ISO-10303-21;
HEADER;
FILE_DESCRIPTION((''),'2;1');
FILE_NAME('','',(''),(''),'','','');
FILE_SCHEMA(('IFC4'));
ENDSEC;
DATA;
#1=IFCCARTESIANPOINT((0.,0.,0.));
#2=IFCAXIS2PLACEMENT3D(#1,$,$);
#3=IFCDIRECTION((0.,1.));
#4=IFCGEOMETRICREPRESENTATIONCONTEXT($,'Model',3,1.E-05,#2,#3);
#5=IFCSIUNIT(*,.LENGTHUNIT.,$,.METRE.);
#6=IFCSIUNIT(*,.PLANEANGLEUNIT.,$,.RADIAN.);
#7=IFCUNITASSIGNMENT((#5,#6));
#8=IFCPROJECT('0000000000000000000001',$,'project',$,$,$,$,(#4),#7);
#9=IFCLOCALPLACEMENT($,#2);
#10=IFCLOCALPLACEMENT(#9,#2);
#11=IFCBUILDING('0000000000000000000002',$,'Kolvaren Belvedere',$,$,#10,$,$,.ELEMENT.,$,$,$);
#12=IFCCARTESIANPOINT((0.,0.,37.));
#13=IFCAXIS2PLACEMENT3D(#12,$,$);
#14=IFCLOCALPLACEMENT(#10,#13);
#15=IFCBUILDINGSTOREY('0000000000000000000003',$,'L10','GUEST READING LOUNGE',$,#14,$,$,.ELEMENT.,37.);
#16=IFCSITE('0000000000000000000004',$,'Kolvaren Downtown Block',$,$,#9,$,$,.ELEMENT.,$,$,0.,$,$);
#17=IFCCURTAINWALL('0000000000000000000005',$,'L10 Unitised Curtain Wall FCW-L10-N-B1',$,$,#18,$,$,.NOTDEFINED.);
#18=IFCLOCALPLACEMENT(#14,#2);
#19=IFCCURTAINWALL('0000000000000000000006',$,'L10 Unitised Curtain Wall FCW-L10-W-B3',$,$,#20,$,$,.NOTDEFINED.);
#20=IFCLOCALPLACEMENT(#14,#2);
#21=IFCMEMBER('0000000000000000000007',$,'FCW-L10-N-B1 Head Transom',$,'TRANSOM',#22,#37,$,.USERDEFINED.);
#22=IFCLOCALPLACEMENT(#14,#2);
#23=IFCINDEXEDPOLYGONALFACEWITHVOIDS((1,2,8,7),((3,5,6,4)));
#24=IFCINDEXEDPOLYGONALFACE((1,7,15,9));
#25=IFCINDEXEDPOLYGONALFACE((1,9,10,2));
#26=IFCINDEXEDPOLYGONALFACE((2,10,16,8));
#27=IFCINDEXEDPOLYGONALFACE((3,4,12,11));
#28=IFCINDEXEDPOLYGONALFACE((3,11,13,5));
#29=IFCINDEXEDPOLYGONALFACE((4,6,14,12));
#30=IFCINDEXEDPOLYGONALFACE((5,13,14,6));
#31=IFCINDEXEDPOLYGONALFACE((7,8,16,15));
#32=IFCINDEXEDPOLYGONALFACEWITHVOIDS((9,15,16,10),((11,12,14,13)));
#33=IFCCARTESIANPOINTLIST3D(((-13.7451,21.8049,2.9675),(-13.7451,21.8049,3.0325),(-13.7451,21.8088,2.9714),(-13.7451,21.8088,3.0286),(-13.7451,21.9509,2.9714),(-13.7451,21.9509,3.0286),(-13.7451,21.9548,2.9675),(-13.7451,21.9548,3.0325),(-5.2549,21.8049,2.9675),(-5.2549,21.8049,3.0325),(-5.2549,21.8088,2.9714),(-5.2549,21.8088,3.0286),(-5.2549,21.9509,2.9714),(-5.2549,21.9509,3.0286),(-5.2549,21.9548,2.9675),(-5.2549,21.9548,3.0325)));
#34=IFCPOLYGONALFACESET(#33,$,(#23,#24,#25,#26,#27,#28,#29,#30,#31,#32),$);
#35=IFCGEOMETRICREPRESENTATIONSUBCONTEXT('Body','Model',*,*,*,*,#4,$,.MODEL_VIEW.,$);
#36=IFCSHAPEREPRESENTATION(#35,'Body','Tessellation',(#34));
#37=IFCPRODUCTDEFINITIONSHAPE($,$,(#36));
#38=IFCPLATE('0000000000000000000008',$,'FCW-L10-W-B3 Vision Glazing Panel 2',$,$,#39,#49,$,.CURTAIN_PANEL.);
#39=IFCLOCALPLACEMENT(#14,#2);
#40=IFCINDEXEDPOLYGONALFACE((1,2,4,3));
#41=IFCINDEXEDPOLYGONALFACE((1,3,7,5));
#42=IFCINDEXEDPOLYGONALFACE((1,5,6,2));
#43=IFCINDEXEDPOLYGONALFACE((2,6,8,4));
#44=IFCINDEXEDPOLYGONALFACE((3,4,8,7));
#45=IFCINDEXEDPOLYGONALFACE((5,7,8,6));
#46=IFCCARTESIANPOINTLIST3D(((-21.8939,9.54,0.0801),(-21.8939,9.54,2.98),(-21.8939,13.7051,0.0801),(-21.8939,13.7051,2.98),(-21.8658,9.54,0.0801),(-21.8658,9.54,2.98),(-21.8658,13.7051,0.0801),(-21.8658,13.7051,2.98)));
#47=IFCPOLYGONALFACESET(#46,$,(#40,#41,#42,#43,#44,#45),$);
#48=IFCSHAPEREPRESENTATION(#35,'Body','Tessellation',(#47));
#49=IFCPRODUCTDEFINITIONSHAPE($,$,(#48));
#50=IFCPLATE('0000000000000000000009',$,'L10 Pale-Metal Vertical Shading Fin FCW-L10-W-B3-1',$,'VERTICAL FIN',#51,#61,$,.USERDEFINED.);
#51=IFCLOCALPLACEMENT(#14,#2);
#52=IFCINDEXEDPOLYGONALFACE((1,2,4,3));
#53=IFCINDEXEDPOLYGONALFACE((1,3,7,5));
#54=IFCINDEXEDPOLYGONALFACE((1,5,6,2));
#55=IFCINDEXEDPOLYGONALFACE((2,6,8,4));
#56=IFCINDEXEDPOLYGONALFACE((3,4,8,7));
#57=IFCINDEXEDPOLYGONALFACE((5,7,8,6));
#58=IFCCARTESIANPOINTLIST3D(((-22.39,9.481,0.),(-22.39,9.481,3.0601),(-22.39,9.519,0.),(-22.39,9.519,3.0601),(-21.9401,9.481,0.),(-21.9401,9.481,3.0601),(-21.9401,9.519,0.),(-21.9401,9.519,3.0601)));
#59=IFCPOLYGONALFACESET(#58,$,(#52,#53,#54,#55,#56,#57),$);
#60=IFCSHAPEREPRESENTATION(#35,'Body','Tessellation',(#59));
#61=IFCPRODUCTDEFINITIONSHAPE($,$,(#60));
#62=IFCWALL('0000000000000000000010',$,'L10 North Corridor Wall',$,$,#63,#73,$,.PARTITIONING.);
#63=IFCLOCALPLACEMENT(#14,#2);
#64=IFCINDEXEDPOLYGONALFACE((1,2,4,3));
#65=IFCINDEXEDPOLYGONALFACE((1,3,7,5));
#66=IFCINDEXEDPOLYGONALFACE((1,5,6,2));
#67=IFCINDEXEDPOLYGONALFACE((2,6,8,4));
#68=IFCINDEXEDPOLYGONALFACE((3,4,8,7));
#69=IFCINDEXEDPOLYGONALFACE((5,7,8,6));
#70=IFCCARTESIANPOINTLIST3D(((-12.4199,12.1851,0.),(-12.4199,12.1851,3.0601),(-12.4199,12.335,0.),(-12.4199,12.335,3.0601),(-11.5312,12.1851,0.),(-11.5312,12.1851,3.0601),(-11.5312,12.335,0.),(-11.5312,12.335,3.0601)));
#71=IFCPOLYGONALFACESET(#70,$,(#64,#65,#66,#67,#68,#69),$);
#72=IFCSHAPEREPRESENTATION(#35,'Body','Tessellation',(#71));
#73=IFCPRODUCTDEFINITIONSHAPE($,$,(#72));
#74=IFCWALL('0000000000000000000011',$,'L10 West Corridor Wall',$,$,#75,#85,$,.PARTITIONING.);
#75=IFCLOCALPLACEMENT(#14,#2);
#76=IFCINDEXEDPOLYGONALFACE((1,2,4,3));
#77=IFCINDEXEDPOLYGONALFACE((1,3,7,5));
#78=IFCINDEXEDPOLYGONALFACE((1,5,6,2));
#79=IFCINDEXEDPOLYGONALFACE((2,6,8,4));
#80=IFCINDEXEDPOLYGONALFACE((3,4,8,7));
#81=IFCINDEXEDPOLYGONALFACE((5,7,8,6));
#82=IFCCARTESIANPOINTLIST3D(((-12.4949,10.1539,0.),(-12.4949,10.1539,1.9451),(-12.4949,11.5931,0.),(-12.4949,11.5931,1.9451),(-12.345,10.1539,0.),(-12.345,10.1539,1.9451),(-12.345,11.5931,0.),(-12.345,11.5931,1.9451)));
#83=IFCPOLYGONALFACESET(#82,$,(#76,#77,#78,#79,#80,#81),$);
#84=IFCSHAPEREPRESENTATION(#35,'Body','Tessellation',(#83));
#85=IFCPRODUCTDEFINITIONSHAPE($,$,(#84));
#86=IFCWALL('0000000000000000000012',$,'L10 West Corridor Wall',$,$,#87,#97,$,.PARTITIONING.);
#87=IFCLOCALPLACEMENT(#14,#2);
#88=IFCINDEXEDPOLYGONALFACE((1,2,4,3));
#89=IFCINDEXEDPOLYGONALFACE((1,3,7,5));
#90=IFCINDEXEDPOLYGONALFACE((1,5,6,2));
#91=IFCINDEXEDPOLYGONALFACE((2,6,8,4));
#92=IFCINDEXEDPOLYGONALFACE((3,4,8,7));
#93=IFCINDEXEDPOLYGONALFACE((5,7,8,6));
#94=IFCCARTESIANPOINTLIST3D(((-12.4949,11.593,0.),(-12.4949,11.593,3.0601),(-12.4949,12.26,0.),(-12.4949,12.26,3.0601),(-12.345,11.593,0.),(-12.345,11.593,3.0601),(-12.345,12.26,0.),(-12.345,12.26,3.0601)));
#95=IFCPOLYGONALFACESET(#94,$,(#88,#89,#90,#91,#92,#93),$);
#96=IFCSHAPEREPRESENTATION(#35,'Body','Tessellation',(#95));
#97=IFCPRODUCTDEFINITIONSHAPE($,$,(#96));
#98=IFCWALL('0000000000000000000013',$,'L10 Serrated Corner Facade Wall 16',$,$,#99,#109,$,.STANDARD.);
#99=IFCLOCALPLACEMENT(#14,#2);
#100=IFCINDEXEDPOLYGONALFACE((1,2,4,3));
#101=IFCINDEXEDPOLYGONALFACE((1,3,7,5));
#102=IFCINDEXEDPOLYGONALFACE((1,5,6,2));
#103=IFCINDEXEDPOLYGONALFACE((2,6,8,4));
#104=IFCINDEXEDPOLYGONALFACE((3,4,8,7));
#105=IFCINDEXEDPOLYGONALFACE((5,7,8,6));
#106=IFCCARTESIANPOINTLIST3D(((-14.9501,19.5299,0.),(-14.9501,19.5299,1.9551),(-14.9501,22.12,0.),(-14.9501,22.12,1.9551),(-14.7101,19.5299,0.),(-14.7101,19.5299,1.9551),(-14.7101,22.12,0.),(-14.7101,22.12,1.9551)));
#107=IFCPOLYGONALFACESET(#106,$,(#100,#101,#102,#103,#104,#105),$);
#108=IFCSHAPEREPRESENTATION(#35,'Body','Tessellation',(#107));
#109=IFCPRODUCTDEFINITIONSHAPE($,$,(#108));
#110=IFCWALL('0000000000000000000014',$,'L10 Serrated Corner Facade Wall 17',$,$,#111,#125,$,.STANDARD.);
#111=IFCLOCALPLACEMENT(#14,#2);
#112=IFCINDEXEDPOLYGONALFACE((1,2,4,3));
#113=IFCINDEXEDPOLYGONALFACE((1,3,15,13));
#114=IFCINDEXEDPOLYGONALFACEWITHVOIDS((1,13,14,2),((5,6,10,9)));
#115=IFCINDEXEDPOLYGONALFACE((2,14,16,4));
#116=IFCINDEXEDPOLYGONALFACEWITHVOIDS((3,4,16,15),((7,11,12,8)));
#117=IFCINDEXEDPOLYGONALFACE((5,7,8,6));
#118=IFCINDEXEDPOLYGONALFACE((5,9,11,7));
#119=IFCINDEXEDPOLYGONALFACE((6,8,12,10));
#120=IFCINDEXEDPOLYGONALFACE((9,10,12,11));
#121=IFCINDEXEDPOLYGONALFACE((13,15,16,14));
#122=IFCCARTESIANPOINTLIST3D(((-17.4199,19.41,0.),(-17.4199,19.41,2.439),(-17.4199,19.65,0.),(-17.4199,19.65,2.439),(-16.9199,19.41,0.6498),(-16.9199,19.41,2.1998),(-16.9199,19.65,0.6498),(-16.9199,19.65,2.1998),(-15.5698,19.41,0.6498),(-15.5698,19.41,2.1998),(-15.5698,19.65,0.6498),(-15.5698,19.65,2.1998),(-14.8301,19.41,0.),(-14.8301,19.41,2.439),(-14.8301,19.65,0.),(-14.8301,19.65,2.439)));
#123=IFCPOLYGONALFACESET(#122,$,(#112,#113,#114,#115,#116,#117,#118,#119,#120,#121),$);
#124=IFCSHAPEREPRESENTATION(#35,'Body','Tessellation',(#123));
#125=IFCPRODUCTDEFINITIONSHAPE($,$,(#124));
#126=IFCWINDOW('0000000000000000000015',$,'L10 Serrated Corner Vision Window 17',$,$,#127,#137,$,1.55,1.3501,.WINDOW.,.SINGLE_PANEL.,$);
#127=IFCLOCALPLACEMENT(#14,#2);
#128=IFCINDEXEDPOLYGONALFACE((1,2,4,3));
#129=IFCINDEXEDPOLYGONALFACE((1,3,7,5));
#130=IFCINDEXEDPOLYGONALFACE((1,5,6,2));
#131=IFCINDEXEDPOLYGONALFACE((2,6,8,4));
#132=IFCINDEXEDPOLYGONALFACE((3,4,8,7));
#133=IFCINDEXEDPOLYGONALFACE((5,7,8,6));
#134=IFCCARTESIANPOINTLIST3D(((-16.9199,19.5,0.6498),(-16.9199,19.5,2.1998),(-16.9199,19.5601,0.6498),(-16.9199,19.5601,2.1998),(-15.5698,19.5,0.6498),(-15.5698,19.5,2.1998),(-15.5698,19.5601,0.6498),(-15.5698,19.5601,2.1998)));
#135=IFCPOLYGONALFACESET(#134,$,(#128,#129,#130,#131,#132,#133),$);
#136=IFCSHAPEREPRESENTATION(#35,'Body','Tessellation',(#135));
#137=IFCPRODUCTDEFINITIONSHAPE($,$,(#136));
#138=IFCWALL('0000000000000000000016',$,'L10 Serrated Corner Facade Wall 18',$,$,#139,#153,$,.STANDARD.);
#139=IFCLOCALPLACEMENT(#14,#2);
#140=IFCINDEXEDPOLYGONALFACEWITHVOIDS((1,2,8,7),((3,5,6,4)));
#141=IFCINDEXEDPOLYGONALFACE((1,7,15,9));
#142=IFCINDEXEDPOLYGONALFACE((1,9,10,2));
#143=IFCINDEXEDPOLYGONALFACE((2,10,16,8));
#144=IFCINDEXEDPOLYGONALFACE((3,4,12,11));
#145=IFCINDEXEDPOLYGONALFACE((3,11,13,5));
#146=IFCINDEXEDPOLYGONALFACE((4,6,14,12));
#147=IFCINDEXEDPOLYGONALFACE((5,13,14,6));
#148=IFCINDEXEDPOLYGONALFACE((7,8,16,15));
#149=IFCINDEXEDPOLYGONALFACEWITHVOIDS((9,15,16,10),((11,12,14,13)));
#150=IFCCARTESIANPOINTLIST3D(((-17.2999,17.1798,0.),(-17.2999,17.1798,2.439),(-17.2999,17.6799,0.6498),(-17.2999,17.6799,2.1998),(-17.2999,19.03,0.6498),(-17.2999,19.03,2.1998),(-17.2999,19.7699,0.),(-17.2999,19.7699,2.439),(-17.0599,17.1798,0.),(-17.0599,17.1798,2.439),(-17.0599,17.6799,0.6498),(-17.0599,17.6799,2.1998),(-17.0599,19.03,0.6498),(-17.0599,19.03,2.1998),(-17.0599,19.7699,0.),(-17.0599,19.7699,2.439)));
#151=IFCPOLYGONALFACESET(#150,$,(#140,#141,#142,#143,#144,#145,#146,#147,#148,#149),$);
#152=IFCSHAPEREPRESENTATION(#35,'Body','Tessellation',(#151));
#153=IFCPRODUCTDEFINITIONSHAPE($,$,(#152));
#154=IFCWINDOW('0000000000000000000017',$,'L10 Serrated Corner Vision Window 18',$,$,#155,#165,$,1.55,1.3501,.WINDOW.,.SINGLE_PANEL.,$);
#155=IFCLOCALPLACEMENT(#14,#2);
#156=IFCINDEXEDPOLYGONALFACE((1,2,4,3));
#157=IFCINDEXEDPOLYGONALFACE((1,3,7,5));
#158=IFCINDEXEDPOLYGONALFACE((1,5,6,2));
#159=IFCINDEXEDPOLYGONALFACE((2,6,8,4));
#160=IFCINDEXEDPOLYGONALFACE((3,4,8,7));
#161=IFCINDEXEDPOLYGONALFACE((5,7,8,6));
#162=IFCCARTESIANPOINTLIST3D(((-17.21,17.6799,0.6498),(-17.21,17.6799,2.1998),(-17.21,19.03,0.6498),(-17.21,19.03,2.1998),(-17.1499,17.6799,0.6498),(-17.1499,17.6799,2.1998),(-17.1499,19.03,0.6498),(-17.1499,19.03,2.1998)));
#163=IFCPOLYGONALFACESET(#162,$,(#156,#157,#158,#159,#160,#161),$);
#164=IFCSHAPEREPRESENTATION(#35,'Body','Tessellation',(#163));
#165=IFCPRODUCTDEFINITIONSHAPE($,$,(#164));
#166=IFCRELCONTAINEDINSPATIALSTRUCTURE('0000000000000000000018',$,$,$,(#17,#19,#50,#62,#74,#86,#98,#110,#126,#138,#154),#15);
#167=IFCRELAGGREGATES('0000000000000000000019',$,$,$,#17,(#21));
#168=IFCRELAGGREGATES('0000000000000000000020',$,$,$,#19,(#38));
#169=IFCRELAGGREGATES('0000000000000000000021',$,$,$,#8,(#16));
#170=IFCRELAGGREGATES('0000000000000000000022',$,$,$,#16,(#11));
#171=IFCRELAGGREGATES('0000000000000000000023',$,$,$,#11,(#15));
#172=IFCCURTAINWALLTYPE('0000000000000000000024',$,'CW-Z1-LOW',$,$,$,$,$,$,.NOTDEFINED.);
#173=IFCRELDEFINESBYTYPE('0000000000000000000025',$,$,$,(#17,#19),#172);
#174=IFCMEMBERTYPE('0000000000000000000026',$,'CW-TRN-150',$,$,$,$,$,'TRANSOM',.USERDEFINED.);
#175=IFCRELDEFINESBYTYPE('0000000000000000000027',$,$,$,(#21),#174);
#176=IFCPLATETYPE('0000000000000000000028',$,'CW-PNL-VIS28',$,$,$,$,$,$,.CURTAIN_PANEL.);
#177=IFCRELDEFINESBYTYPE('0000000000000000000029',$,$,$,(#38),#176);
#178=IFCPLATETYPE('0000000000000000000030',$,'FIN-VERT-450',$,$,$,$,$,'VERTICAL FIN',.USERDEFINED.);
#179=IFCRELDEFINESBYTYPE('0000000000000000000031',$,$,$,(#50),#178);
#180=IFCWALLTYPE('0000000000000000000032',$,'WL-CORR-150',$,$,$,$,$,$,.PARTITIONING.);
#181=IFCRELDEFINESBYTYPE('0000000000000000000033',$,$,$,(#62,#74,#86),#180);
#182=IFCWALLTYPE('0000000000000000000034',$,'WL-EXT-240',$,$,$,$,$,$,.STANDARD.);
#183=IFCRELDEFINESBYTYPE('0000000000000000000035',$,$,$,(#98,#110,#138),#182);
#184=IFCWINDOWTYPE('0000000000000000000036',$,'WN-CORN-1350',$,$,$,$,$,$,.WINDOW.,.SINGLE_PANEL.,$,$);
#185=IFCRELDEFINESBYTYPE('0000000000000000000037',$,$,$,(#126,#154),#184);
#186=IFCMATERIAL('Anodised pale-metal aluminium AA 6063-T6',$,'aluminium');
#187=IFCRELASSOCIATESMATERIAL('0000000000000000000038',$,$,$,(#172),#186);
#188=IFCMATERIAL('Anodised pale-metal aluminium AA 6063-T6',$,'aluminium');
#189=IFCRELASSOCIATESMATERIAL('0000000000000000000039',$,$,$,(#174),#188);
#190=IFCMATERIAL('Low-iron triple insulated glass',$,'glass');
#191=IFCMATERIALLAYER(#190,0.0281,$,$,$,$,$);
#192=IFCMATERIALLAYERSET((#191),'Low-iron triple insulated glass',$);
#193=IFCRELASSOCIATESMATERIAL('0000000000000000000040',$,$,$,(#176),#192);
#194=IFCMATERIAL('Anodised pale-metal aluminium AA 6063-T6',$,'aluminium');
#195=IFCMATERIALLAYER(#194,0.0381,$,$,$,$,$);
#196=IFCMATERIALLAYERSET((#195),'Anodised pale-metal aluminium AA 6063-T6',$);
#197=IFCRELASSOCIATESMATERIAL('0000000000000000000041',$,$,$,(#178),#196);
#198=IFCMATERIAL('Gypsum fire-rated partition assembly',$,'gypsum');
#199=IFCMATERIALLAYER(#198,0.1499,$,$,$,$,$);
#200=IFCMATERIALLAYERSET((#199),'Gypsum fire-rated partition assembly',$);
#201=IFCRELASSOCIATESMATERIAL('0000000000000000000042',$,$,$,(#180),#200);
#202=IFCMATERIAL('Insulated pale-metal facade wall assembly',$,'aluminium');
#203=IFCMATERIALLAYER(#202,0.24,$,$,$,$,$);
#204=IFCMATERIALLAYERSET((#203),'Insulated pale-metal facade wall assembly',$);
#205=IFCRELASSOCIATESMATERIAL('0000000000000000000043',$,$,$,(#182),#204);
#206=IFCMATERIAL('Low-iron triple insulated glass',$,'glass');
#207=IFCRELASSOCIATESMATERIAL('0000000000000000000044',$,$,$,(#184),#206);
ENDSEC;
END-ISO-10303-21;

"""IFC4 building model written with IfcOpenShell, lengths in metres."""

from ifc_helpers import new_model, si_unit, direction, frame, frame_2d, origin, origin_2d, place, context, subcontext, project, spatial, rectangle, hollow_rectangle, extrude, material, layer, layer_set, material_profile, profile_set, type_object, element, fill, aggregate, save


model = new_model("IFC4")

# Units and contexts
model_context = context("Model", 3, precision=1e-05, world=origin(), true_north=direction((0.0, 1.0)))
body_context = subcontext(model_context, "Body", "Model", "MODEL_VIEW")
ifc_project = project(units=[si_unit("LENGTHUNIT", "METRE"), si_unit("PLANEANGLEUNIT", "RADIAN")], contexts=[model_context])

# Site, building, storey
site_placement = place(None, origin())
site = spatial("IfcSite", under=ifc_project, at=site_placement, Name="Kolvaren Downtown Block", CompositionType="ELEMENT", RefElevation=0.0)
building_placement = place(site_placement, origin())
building = spatial("IfcBuilding", under=site, at=building_placement, Name="Kolvaren Belvedere", CompositionType="ELEMENT")
storey_placement = place(building_placement, frame((0.0, 0.0, 37.0)))
storey = spatial("IfcBuildingStorey", under=building, at=storey_placement, Name="L10", Description="GUEST READING LOUNGE", CompositionType="ELEMENT", Elevation=37.0)

# Curtain wall
ifc_material_1 = material(Name="Anodised pale-metal aluminium AA 6063-T6", Category="aluminium")
curtain_wall_type = type_object("IfcCurtainWallType", Name="CW-Z1-LOW", PredefinedType="NOTDEFINED", material=ifc_material_1)
curtain_wall_1_placement = place(storey_placement, origin())
curtain_wall_1 = element("IfcCurtainWall", 1, at=curtain_wall_1_placement, inside=storey, type_object=curtain_wall_type, Name="L10 Unitised Curtain Wall FCW-L10-N-B1", PredefinedType="NOTDEFINED")

# Curtain wall
curtain_wall_2_placement = place(storey_placement, origin())
curtain_wall_2 = element("IfcCurtainWall", 2, at=curtain_wall_2_placement, inside=storey, type_object=curtain_wall_type, Name="L10 Unitised Curtain Wall FCW-L10-W-B3", PredefinedType="NOTDEFINED")

# Member
ifc_material_2 = material(Name="Anodised pale-metal aluminium AA 6063-T6", Category="aluminium")
ifc_material_profile_1 = material_profile(ifc_material_2, hollow_rectangle(XDim=0.0649, YDim=0.1499, WallThickness=0.0039, at=origin_2d()), Name="ALU-TRN-150X65")
ifc_profile_set_1 = profile_set([ifc_material_profile_1], Name="Anodised pale-metal aluminium AA 6063-T6")
member_type_1 = type_object("IfcMemberType", Name="CW-TRN-150", ElementType="TRANSOM", PredefinedType="USERDEFINED", material=ifc_profile_set_1)
member_1_placement = place(storey_placement, frame((-13.7451, 21.8799, 3.0), z_axis=(1.0, 0.0, 0.0), x_axis=(0.0, 0.0, 1.0)))
member_1 = element("IfcMember", 3, at=member_1_placement, type_object=member_type_1, Name="FCW-L10-N-B1 Head Transom", ObjectType="TRANSOM", PredefinedType="USERDEFINED", context=body_context, shape_type="SweptSolid", body=[
    extrude(hollow_rectangle(XDim=0.0649, YDim=0.1499, WallThickness=0.0039, at=origin_2d()), origin(), (0.0, 0.0, 1.0), 8.4902),
])
aggregate(curtain_wall_1, [member_1])

# Plates
ifc_material_3 = material(Name="Low-iron triple insulated glass", Category="glass")
ifc_layer_1 = layer(ifc_material_3, 0.0281)
ifc_layer_set_1 = layer_set([ifc_layer_1], Name="Low-iron triple insulated glass")
plate_type_1 = type_object("IfcPlateType", Name="CW-PNL-VIS28", PredefinedType="CURTAIN_PANEL", material=ifc_layer_set_1)
plate_1_placement = place(storey_placement, frame((-21.8799, 11.6226, 0.0801), z_axis=(0.0, 0.0, 1.0), x_axis=(0.0, 1.0, 0.0)))
plate_1 = element("IfcPlate", 4, at=plate_1_placement, type_object=plate_type_1, Name="FCW-L10-W-B3 Vision Glazing Panel 2", PredefinedType="CURTAIN_PANEL", context=body_context, shape_type="SweptSolid", body=[
    extrude(rectangle(XDim=4.165, YDim=0.0281, at=origin_2d()), origin(), (0.0, 0.0, 1.0), 2.8999),
])
aggregate(curtain_wall_2, [plate_1])
ifc_material_4 = material(Name="Anodised pale-metal aluminium AA 6063-T6", Category="aluminium")
ifc_layer_2 = layer(ifc_material_4, 0.0381)
ifc_layer_set_2 = layer_set([ifc_layer_2], Name="Anodised pale-metal aluminium AA 6063-T6")
plate_type_2 = type_object("IfcPlateType", Name="FIN-VERT-450", ElementType="VERTICAL FIN", PredefinedType="USERDEFINED", material=ifc_layer_set_2)
plate_2_placement = place(storey_placement, frame((-22.165, 9.5, 0.0), z_axis=(0.0, 0.0, 1.0), x_axis=(1.0, 0.0, 0.0)))
element("IfcPlate", 5, at=plate_2_placement, inside=storey, type_object=plate_type_2, Name="L10 Pale-Metal Vertical Shading Fin FCW-L10-W-B3-1", ObjectType="VERTICAL FIN", PredefinedType="USERDEFINED", context=body_context, shape_type="SweptSolid", body=[
    extrude(rectangle(XDim=0.45, YDim=0.0381, at=origin_2d()), origin(), (0.0, 0.0, 1.0), 3.0601),
])

# Walls
ifc_material_5 = material(Name="Gypsum fire-rated partition assembly", Category="gypsum")
ifc_layer_3 = layer(ifc_material_5, 0.1499)
ifc_layer_set_3 = layer_set([ifc_layer_3], Name="Gypsum fire-rated partition assembly")
wall_type_1 = type_object("IfcWallType", Name="WL-CORR-150", PredefinedType="PARTITIONING", material=ifc_layer_set_3)
wall_1_placement = place(storey_placement, frame((-12.4199, 12.26, 0.0), z_axis=(0.0, 0.0, 1.0), x_axis=(1.0, 0.0, 0.0)))
element("IfcWall", 6, at=wall_1_placement, inside=storey, type_object=wall_type_1, Name="L10 North Corridor Wall", PredefinedType="PARTITIONING", context=body_context, shape_type="SweptSolid", body=[
    extrude(rectangle(XDim=0.8887, YDim=0.1499, at=frame_2d((0.4443, 0.0))), origin(), (0.0, 0.0, 1.0), 3.0601),
])
wall_2_placement = place(storey_placement, frame((-12.4199, 10.1538, 0.0), z_axis=(0.0, 0.0, 1.0), x_axis=(0.0, 1.0, 0.0)))
element("IfcWall", 7, at=wall_2_placement, inside=storey, type_object=wall_type_1, Name="L10 West Corridor Wall", PredefinedType="PARTITIONING", context=body_context, shape_type="SweptSolid", body=[
    extrude(rectangle(XDim=1.4392, YDim=0.1499, at=frame_2d((0.7197, 0.0))), origin(), (0.0, 0.0, 1.0), 1.9451),
])
wall_3_placement = place(storey_placement, frame((-12.4199, 11.593, 0.0), z_axis=(0.0, 0.0, 1.0), x_axis=(0.0, 1.0, 0.0)))
element("IfcWall", 8, at=wall_3_placement, inside=storey, type_object=wall_type_1, Name="L10 West Corridor Wall", PredefinedType="PARTITIONING", context=body_context, shape_type="SweptSolid", body=[
    extrude(rectangle(XDim=0.667, YDim=0.1499, at=frame_2d((0.3335, 0.0))), origin(), (0.0, 0.0, 1.0), 3.0601),
])
ifc_material_6 = material(Name="Insulated pale-metal facade wall assembly", Category="aluminium")
ifc_layer_4 = layer(ifc_material_6, 0.24)
ifc_layer_set_4 = layer_set([ifc_layer_4], Name="Insulated pale-metal facade wall assembly")
wall_type_2 = type_object("IfcWallType", Name="WL-EXT-240", PredefinedType="STANDARD", material=ifc_layer_set_4)
wall_4_placement = place(storey_placement, frame((-14.8301, 19.53, 0.0), z_axis=(0.0, 0.0, 1.0), x_axis=(0.0, 1.0, 0.0)))
element("IfcWall", 9, at=wall_4_placement, inside=storey, type_object=wall_type_2, Name="L10 Serrated Corner Facade Wall 16", PredefinedType="STANDARD", context=body_context, shape_type="SweptSolid", body=[
    extrude(rectangle(XDim=2.5901, YDim=0.24, at=frame_2d((1.2949, 0.0))), origin(), (0.0, 0.0, 1.0), 1.9551),
])

# Walls, openings, windows
wall_5_placement = place(storey_placement, frame((-17.4199, 19.53, 0.0), z_axis=(0.0, 0.0, 1.0), x_axis=(1.0, 0.0, 0.0)))
wall_5 = element("IfcWall", 10, at=wall_5_placement, inside=storey, type_object=wall_type_2, Name="L10 Serrated Corner Facade Wall 17", PredefinedType="STANDARD", context=body_context, shape_type="SweptSolid", body=[
    extrude(rectangle(XDim=2.5898, YDim=0.24, at=frame_2d((1.2949, 0.0))), origin(), (0.0, 0.0, 1.0), 2.439),
])
opening_1_placement = place(wall_5_placement, frame((0.5, 0.0, 0.6499)))
opening_1 = element("IfcOpeningElement", 11, at=opening_1_placement, cuts=wall_5, PredefinedType="OPENING", context=body_context, shape_type="SweptSolid", body=[
    extrude(rectangle(XDim=1.3501, YDim=1.55, at=frame_2d((0.675, 0.7749))), frame((0.0, 0.1299, 0.0), z_axis=(0.0, -1.0, 0.0), x_axis=(1.0, 0.0, 0.0)), (0.0, 0.0, 1.0), 0.26),
])
ifc_material_7 = material(Name="Low-iron triple insulated glass", Category="glass")
window_type = type_object("IfcWindowType", Name="WN-CORN-1350", PartitioningType="SINGLE_PANEL", PredefinedType="WINDOW", material=ifc_material_7)
window_1_placement = place(opening_1_placement, origin())
window_1 = element("IfcWindow", 12, at=window_1_placement, inside=storey, type_object=window_type, Name="L10 Serrated Corner Vision Window 17", OverallHeight=1.55, OverallWidth=1.3501, PartitioningType="SINGLE_PANEL", PredefinedType="WINDOW", context=body_context, shape_type="SweptSolid", body=[
    extrude(rectangle(XDim=1.3501, YDim=1.55, at=frame_2d((0.675, 0.7749))), frame((0.0, 0.03, 0.0), z_axis=(0.0, -1.0, 0.0), x_axis=(1.0, 0.0, 0.0)), (0.0, 0.0, 1.0), 0.0601),
])
fill(opening_1, window_1)
wall_6_placement = place(storey_placement, frame((-17.1799, 17.1799, 0.0), z_axis=(0.0, 0.0, 1.0), x_axis=(0.0, 1.0, 0.0)))
wall_6 = element("IfcWall", 13, at=wall_6_placement, inside=storey, type_object=wall_type_2, Name="L10 Serrated Corner Facade Wall 18", PredefinedType="STANDARD", context=body_context, shape_type="SweptSolid", body=[
    extrude(rectangle(XDim=2.5901, YDim=0.24, at=frame_2d((1.2949, 0.0))), origin(), (0.0, 0.0, 1.0), 2.439),
])
opening_2_placement = place(wall_6_placement, frame((0.5, 0.0, 0.6499)))
opening_2 = element("IfcOpeningElement", 14, at=opening_2_placement, cuts=wall_6, PredefinedType="OPENING", context=body_context, shape_type="SweptSolid", body=[
    extrude(rectangle(XDim=1.3501, YDim=1.55, at=frame_2d((0.675, 0.7749))), frame((0.0, 0.1299, 0.0), z_axis=(0.0, -1.0, 0.0), x_axis=(1.0, 0.0, 0.0)), (0.0, 0.0, 1.0), 0.26),
])
window_2_placement = place(opening_2_placement, origin())
window_2 = element("IfcWindow", 15, at=window_2_placement, inside=storey, type_object=window_type, Name="L10 Serrated Corner Vision Window 18", OverallHeight=1.55, OverallWidth=1.3501, PartitioningType="SINGLE_PANEL", PredefinedType="WINDOW", context=body_context, shape_type="SweptSolid", body=[
    extrude(rectangle(XDim=1.3501, YDim=1.55, at=frame_2d((0.675, 0.7749))), frame((0.0, 0.03, 0.0), z_axis=(0.0, -1.0, 0.0), x_axis=(1.0, 0.0, 0.0)), (0.0, 0.0, 1.0), 0.0601),
])
fill(opening_2, window_2)

save(model, "model.ifc")
